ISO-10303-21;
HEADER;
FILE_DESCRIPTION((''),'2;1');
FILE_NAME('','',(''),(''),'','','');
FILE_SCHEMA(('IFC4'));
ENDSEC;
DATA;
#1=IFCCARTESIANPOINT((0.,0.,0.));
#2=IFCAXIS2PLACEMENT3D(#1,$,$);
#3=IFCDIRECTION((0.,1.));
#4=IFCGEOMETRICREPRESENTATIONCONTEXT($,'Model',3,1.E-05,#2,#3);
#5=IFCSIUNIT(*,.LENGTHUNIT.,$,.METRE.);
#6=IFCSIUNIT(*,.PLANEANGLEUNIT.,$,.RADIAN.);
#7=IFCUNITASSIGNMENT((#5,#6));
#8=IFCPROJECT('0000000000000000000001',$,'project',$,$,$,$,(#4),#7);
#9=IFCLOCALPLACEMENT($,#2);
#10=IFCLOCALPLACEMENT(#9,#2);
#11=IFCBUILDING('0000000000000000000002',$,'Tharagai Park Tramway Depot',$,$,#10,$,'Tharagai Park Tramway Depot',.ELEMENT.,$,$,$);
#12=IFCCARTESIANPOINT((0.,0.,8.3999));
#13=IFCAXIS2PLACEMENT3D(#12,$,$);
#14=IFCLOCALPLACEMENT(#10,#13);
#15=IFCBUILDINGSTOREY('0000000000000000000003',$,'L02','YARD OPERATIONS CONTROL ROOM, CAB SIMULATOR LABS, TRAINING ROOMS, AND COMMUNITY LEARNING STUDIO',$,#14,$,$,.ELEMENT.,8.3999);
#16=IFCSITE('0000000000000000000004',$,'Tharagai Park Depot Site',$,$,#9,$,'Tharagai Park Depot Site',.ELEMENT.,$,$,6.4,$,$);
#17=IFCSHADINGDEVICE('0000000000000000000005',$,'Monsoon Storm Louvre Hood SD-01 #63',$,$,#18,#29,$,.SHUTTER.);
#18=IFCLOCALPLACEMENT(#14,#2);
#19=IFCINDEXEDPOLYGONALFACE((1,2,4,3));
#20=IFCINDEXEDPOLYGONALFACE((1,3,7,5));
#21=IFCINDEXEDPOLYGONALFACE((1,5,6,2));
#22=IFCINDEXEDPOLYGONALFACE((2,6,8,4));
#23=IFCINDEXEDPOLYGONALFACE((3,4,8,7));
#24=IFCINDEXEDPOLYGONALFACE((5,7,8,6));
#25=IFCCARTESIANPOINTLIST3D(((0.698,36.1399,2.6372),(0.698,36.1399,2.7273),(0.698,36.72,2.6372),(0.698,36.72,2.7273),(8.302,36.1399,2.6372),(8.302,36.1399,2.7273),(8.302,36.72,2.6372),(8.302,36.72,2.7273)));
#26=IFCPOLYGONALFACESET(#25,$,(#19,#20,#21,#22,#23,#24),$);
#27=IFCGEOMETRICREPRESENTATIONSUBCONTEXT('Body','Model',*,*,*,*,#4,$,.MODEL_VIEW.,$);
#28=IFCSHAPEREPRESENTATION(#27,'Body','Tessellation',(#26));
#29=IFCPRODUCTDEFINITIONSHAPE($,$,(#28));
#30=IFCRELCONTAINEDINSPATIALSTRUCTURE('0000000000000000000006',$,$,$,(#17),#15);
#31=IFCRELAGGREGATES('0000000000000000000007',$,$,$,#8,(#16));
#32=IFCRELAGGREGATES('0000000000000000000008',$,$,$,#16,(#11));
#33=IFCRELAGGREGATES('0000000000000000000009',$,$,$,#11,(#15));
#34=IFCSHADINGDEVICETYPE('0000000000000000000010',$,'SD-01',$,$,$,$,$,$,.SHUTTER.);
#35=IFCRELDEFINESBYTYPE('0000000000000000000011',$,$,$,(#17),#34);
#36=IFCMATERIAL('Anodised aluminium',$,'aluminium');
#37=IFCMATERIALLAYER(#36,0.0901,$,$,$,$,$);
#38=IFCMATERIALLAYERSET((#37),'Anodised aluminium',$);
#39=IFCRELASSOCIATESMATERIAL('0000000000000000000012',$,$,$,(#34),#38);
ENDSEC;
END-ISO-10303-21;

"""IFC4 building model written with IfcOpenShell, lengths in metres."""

from ifc_helpers import new_model, si_unit, direction, frame, origin, origin_2d, place, context, subcontext, project, spatial, rectangle, extrude, material, layer, layer_set, type_object, element, save


model = new_model("IFC4")

# Units and contexts
model_context = context("Model", 3, precision=1e-05, world=origin(), true_north=direction((0.0, 1.0)))
body_context = subcontext(model_context, "Body", "Model", "MODEL_VIEW")
ifc_project = project(units=[si_unit("LENGTHUNIT", "METRE"), si_unit("PLANEANGLEUNIT", "RADIAN")], contexts=[model_context])

# Site, building, storey
site_placement = place(None, origin())
site = spatial("IfcSite", under=ifc_project, at=site_placement, Name="Tharagai Park Depot Site", LongName="Tharagai Park Depot Site", CompositionType="ELEMENT", RefElevation=6.4)
building_placement = place(site_placement, origin())
building = spatial("IfcBuilding", under=site, at=building_placement, Name="Tharagai Park Tramway Depot", LongName="Tharagai Park Tramway Depot", CompositionType="ELEMENT")
storey_placement = place(building_placement, frame((0.0, 0.0, 8.3999)))
storey = spatial("IfcBuildingStorey", under=building, at=storey_placement, Name="L02", Description="YARD OPERATIONS CONTROL ROOM, CAB SIMULATOR LABS, TRAINING ROOMS, AND COMMUNITY LEARNING STUDIO", CompositionType="ELEMENT", Elevation=8.3999)

# Shading device
ifc_material_1 = material(Name="Anodised aluminium", Category="aluminium")
ifc_layer_1 = layer(ifc_material_1, 0.0901)
ifc_layer_set_1 = layer_set([ifc_layer_1], Name="Anodised aluminium")
shading_device_type = type_object("IfcShadingDeviceType", Name="SD-01", PredefinedType="SHUTTER", material=ifc_layer_set_1)
shading_device_placement = place(storey_placement, frame((4.5, 36.4299, 2.6372), z_axis=(0.0, 0.0, 1.0), x_axis=(1.0, 0.0, 0.0)))
element("IfcShadingDevice", 1, at=shading_device_placement, inside=storey, type_object=shading_device_type, Name="Monsoon Storm Louvre Hood SD-01 #63", PredefinedType="SHUTTER", context=body_context, shape_type="SweptSolid", body=[
    extrude(rectangle(XDim=7.604, YDim=0.5801, at=origin_2d()), origin(), (0.0, 0.0, 1.0), 0.0901),
])

save(model, "model.ifc")
